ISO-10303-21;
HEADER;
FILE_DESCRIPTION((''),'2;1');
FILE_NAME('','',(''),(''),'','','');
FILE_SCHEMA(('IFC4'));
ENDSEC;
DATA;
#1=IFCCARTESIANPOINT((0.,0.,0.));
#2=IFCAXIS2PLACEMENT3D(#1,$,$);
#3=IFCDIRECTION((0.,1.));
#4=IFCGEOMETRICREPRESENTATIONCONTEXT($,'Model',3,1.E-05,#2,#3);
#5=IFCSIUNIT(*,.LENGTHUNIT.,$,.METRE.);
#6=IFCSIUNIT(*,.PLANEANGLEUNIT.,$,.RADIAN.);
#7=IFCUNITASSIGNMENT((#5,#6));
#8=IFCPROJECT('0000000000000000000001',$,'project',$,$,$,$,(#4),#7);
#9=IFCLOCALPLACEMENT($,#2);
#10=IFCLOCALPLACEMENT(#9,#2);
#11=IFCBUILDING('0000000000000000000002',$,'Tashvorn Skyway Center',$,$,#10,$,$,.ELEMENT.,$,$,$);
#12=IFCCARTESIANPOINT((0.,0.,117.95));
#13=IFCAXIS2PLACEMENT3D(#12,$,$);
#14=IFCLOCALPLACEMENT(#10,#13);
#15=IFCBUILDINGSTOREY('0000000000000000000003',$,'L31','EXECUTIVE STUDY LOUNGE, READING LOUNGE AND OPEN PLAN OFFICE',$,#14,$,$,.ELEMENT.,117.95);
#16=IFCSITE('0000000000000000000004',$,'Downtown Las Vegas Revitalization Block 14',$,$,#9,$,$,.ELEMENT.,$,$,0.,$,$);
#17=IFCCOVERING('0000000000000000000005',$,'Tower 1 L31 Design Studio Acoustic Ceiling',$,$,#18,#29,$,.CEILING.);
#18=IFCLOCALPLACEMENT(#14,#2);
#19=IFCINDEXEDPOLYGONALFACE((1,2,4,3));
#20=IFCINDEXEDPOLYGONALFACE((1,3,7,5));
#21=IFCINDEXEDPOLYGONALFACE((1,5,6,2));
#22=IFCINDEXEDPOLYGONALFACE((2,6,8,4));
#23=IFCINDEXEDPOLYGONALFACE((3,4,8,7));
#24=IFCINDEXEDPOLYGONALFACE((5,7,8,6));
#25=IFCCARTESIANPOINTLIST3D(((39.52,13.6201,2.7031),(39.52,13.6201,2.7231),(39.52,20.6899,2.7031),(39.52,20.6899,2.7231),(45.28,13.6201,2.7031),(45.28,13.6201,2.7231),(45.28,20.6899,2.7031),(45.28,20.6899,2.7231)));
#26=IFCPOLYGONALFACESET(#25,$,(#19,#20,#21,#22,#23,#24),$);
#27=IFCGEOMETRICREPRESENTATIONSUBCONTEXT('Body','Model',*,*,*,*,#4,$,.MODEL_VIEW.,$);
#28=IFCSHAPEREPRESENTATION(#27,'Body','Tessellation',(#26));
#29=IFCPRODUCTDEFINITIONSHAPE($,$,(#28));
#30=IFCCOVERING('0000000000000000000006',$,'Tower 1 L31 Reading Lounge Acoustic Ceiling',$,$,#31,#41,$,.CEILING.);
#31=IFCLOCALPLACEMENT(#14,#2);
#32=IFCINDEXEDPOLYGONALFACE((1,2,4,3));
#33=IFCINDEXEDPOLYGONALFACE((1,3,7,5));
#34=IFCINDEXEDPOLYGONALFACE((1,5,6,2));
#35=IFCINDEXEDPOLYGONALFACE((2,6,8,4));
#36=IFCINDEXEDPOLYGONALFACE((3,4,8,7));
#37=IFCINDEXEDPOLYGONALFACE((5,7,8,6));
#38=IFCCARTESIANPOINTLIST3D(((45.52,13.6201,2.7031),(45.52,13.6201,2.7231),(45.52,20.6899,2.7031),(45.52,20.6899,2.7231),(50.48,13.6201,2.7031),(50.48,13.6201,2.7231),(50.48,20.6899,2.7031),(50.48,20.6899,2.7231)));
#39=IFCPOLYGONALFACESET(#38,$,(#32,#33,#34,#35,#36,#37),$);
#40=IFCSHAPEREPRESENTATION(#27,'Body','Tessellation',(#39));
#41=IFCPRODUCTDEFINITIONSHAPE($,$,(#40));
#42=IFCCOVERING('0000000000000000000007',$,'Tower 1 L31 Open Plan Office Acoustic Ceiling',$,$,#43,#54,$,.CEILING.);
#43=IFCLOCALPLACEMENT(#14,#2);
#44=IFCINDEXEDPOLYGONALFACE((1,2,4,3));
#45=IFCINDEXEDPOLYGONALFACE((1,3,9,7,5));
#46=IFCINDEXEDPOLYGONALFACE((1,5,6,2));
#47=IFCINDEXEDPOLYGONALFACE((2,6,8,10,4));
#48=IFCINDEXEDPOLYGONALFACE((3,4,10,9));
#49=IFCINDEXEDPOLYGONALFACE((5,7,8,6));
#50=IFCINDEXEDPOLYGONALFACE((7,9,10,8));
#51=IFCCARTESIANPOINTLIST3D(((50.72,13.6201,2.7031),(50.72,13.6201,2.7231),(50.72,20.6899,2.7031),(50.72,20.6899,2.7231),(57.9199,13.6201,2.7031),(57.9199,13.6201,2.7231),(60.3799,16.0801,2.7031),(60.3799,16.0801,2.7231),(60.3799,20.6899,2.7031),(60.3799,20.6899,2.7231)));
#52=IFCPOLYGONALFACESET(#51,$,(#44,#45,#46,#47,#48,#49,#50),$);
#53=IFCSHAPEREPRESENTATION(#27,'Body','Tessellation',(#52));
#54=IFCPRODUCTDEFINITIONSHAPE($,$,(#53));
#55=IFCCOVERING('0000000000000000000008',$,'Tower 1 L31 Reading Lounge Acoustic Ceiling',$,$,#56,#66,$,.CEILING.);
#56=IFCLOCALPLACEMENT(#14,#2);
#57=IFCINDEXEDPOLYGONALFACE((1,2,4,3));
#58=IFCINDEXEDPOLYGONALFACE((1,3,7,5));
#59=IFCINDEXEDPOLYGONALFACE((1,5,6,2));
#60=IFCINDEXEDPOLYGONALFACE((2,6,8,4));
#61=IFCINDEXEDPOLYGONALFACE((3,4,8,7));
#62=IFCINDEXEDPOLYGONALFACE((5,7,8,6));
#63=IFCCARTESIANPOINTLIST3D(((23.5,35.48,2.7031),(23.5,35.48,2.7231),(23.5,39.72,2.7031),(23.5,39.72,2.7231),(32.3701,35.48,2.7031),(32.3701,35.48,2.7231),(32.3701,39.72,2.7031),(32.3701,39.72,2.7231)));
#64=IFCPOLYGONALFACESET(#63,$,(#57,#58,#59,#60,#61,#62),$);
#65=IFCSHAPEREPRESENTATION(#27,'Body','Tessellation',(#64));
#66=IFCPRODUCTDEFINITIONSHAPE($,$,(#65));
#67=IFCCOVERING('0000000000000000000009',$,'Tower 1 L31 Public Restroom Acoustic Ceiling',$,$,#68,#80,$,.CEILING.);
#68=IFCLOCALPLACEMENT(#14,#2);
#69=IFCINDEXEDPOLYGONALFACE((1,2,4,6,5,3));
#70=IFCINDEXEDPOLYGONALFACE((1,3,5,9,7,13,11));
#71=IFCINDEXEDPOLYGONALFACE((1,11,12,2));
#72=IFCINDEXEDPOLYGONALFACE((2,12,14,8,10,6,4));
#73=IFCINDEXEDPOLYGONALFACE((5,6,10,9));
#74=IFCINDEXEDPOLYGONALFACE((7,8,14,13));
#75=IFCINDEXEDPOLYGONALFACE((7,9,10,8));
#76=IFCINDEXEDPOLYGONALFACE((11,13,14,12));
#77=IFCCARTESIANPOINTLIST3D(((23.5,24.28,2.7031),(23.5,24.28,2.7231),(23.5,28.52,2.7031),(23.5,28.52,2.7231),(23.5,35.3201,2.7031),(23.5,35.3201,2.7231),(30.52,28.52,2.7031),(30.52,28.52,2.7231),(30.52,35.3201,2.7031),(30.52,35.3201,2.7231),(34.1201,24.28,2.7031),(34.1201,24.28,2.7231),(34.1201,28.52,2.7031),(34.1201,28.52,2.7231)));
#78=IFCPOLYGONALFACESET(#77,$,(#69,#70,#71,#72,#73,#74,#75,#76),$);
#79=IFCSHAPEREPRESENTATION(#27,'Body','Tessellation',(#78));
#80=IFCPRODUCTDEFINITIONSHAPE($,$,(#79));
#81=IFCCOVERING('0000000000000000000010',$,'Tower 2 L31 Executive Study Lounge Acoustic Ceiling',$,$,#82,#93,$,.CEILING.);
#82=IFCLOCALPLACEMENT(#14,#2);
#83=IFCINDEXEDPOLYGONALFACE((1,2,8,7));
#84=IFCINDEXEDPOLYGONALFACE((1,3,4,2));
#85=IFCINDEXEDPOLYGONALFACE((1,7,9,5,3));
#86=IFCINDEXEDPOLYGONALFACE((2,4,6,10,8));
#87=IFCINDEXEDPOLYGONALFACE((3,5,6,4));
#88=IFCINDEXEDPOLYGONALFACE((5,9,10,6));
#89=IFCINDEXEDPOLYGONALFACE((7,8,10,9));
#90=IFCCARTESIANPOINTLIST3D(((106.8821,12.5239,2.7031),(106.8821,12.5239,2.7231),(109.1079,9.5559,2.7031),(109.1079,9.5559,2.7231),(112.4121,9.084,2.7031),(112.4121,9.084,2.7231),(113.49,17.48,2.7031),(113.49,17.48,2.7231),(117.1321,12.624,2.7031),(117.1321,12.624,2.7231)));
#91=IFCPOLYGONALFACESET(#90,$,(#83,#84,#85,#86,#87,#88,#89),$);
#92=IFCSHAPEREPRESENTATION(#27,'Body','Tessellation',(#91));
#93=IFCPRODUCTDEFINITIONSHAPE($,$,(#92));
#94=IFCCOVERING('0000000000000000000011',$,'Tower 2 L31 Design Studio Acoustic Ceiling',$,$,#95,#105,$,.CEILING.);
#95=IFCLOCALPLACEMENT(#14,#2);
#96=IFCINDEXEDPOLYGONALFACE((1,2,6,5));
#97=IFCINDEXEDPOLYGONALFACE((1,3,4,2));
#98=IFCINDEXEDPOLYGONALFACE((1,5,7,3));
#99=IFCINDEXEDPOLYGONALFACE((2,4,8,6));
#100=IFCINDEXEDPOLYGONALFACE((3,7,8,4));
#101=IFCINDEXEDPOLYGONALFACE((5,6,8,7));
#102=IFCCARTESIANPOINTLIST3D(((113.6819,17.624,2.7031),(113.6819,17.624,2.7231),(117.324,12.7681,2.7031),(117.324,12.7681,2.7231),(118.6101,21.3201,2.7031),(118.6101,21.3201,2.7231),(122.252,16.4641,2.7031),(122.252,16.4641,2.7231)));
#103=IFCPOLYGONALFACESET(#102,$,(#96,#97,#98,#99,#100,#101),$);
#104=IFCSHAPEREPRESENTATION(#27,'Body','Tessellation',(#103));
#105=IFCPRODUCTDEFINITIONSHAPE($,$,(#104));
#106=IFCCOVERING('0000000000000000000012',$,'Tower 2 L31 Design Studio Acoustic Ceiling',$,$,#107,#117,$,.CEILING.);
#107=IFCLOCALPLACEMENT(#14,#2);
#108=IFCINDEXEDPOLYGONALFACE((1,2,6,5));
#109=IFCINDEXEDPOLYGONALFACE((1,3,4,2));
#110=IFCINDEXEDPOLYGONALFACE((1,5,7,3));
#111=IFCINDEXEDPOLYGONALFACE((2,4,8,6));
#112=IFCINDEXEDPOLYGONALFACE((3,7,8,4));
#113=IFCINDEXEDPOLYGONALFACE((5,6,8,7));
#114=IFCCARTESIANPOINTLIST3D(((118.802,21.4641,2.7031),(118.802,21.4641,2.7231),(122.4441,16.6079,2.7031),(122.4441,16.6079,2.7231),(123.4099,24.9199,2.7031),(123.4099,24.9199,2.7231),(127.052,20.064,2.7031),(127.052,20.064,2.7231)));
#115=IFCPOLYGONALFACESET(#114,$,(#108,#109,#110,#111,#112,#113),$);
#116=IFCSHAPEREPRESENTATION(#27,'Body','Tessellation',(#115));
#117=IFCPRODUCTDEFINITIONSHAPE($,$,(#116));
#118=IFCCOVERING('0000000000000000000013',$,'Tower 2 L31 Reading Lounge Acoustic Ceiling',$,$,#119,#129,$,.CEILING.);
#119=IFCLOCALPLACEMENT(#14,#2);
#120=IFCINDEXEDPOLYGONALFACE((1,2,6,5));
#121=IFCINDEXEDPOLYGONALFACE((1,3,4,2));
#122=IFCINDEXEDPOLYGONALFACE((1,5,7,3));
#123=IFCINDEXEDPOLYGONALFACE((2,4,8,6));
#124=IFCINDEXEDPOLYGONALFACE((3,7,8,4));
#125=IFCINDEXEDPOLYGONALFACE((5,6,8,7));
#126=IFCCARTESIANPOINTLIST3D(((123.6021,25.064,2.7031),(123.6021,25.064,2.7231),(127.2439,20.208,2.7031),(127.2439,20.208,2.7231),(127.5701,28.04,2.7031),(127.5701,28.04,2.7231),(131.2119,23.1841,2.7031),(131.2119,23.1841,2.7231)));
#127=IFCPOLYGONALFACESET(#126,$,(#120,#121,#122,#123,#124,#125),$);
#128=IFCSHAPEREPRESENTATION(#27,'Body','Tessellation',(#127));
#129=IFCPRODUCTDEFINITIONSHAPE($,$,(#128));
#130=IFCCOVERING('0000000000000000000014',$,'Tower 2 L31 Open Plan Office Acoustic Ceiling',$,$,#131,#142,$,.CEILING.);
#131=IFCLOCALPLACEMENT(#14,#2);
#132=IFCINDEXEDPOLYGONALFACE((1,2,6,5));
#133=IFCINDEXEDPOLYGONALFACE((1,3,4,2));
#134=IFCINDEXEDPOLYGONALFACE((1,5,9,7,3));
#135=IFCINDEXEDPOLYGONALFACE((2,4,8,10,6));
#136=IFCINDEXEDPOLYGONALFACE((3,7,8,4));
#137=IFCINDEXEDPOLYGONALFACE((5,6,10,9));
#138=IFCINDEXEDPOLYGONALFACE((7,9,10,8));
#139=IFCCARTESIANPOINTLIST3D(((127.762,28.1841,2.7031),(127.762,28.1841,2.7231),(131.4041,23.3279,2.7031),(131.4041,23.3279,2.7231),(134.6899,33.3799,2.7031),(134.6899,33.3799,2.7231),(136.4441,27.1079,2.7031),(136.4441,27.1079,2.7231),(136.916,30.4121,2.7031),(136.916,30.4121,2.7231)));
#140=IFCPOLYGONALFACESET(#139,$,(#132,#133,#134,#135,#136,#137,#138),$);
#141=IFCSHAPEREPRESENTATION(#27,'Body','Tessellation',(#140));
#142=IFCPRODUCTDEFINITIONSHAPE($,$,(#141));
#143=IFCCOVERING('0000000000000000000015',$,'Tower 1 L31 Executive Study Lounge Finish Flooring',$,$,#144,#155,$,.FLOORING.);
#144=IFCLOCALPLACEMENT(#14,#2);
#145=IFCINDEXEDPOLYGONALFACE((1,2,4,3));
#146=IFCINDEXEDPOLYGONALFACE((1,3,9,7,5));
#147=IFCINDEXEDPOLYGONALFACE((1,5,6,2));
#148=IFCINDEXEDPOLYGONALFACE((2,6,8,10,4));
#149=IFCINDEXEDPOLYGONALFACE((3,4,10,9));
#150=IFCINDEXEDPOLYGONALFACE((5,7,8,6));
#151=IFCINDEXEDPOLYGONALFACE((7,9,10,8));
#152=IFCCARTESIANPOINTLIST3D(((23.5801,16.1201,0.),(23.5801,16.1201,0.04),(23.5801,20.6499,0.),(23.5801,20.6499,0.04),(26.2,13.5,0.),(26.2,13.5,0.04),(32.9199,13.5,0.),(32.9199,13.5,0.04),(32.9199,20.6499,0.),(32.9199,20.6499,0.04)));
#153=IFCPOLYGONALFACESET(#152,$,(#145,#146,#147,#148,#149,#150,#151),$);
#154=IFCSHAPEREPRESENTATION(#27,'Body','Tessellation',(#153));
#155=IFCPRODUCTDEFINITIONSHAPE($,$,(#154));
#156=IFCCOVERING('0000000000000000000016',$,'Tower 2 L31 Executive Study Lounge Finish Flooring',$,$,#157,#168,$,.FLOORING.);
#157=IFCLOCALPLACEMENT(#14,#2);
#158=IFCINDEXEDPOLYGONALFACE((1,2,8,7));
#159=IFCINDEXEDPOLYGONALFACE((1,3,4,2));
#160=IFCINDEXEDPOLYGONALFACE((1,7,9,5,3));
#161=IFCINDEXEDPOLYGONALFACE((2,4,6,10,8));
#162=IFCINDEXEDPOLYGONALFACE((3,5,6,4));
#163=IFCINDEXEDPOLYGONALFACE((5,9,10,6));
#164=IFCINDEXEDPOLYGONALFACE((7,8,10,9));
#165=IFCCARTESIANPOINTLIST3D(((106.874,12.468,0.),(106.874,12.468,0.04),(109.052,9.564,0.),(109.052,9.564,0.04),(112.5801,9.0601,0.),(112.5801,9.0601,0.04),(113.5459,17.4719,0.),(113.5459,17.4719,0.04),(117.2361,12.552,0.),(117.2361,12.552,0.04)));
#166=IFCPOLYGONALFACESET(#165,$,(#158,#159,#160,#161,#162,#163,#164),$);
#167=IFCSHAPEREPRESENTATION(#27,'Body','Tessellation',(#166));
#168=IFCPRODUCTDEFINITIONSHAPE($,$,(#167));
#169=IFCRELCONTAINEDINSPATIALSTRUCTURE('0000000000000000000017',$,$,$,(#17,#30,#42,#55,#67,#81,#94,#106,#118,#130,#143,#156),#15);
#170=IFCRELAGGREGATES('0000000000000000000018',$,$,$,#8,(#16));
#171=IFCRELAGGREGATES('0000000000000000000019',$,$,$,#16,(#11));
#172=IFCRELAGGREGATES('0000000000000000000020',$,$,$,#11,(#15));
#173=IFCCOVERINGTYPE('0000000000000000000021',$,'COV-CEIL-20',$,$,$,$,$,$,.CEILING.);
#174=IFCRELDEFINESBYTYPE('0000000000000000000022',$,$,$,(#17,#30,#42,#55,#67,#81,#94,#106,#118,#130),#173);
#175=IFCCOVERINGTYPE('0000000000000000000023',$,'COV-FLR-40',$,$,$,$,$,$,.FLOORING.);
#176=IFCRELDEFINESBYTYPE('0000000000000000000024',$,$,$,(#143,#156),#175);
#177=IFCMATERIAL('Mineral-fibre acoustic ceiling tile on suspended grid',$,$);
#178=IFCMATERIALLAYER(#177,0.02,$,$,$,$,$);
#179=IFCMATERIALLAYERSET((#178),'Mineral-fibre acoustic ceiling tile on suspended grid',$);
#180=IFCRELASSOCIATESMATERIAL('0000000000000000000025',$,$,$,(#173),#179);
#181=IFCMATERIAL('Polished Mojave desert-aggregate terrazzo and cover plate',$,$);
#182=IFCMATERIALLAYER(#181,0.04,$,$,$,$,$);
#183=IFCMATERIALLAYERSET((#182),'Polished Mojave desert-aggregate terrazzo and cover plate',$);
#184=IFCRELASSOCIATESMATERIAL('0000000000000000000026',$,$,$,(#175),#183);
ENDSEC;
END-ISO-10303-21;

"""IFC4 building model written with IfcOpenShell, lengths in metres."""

from ifc_helpers import new_model, si_unit, direction, frame, origin, place, context, subcontext, project, spatial, polyline, outline, extrude, material, layer, layer_set, type_object, element, save


model = new_model("IFC4")

# Units and contexts
model_context = context("Model", 3, precision=1e-05, world=origin(), true_north=direction((0.0, 1.0)))
body_context = subcontext(model_context, "Body", "Model", "MODEL_VIEW")
ifc_project = project(units=[si_unit("LENGTHUNIT", "METRE"), si_unit("PLANEANGLEUNIT", "RADIAN")], contexts=[model_context])

# Site, building, storey
site_placement = place(None, origin())
site = spatial("IfcSite", under=ifc_project, at=site_placement, Name="Downtown Las Vegas Revitalization Block 14", CompositionType="ELEMENT", RefElevation=0.0)
building_placement = place(site_placement, origin())
building = spatial("IfcBuilding", under=site, at=building_placement, Name="Tashvorn Skyway Center", CompositionType="ELEMENT")
storey_placement = place(building_placement, frame((0.0, 0.0, 117.95)))
storey = spatial("IfcBuildingStorey", under=building, at=storey_placement, Name="L31", Description="EXECUTIVE STUDY LOUNGE, READING LOUNGE AND OPEN PLAN OFFICE", CompositionType="ELEMENT", Elevation=117.95)

# Coverings
ifc_material_1 = material(Name="Mineral-fibre acoustic ceiling tile on suspended grid")
ifc_layer_1 = layer(ifc_material_1, 0.02)
ifc_layer_set_1 = layer_set([ifc_layer_1], Name="Mineral-fibre acoustic ceiling tile on suspended grid")
covering_type_1 = type_object("IfcCoveringType", Name="COV-CEIL-20", PredefinedType="CEILING", material=ifc_layer_set_1)
covering_1_placement = place(storey_placement, frame((0.0, 0.0, 2.7031)))
element("IfcCovering", 1, at=covering_1_placement, inside=storey, type_object=covering_type_1, Name="Tower 1 L31 Design Studio Acoustic Ceiling", PredefinedType="CEILING", context=body_context, shape_type="SweptSolid", body=[
    extrude(outline(polyline([(39.52, 20.6899), (45.28, 20.6899), (45.28, 13.6201), (39.52, 13.6201), (39.52, 20.6899)])), origin(), (0.0, 0.0, 1.0), 0.02),
])
covering_2_placement = place(storey_placement, frame((0.0, 0.0, 2.7031)))
element("IfcCovering", 2, at=covering_2_placement, inside=storey, type_object=covering_type_1, Name="Tower 1 L31 Reading Lounge Acoustic Ceiling", PredefinedType="CEILING", context=body_context, shape_type="SweptSolid", body=[
    extrude(outline(polyline([(45.52, 20.6899), (50.48, 20.6899), (50.48, 13.6201), (45.52, 13.6201), (45.52, 20.6899)])), origin(), (0.0, 0.0, 1.0), 0.02),
])
covering_3_placement = place(storey_placement, frame((0.0, 0.0, 2.7031)))
element("IfcCovering", 3, at=covering_3_placement, inside=storey, type_object=covering_type_1, Name="Tower 1 L31 Open Plan Office Acoustic Ceiling", PredefinedType="CEILING", context=body_context, shape_type="SweptSolid", body=[
    extrude(outline(polyline([(50.72, 13.6201), (50.72, 20.6899), (60.3799, 20.6899), (60.3799, 16.0801), (57.9199, 13.6201), (50.72, 13.6201)])), origin(), (0.0, 0.0, 1.0), 0.02),
])
covering_4_placement = place(storey_placement, frame((0.0, 0.0, 2.7031)))
element("IfcCovering", 4, at=covering_4_placement, inside=storey, type_object=covering_type_1, Name="Tower 1 L31 Reading Lounge Acoustic Ceiling", PredefinedType="CEILING", context=body_context, shape_type="SweptSolid", body=[
    extrude(outline(polyline([(32.3701, 39.72), (32.3701, 35.48), (23.5, 35.48), (23.5, 39.72), (32.3701, 39.72)])), origin(), (0.0, 0.0, 1.0), 0.02),
])
covering_5_placement = place(storey_placement, frame((0.0, 0.0, 2.7031)))
element("IfcCovering", 5, at=covering_5_placement, inside=storey, type_object=covering_type_1, Name="Tower 1 L31 Public Restroom Acoustic Ceiling", PredefinedType="CEILING", context=body_context, shape_type="SweptSolid", body=[
    extrude(outline(polyline([(34.1201, 24.28), (23.5, 24.28), (23.5, 28.52), (23.5, 35.3201), (30.52, 35.3201), (30.52, 28.52), (34.1201, 28.52), (34.1201, 24.28)])), origin(), (0.0, 0.0, 1.0), 0.02),
])
covering_6_placement = place(storey_placement, frame((0.0, 0.0, 2.7031)))
element("IfcCovering", 6, at=covering_6_placement, inside=storey, type_object=covering_type_1, Name="Tower 2 L31 Executive Study Lounge Acoustic Ceiling", PredefinedType="CEILING", context=body_context, shape_type="SweptSolid", body=[
    extrude(outline(polyline([(106.8821, 12.5239), (113.49, 17.48), (117.1321, 12.624), (112.4121, 9.084), (109.1079, 9.5559), (106.8821, 12.5239)])), origin(), (0.0, 0.0, 1.0), 0.02),
])
covering_7_placement = place(storey_placement, frame((0.0, 0.0, 2.7031)))
element("IfcCovering", 7, at=covering_7_placement, inside=storey, type_object=covering_type_1, Name="Tower 2 L31 Design Studio Acoustic Ceiling", PredefinedType="CEILING", context=body_context, shape_type="SweptSolid", body=[
    extrude(outline(polyline([(113.6819, 17.624), (118.6101, 21.3201), (122.252, 16.4641), (117.324, 12.7681), (113.6819, 17.624)])), origin(), (0.0, 0.0, 1.0), 0.02),
])
covering_8_placement = place(storey_placement, frame((0.0, 0.0, 2.7031)))
element("IfcCovering", 8, at=covering_8_placement, inside=storey, type_object=covering_type_1, Name="Tower 2 L31 Design Studio Acoustic Ceiling", PredefinedType="CEILING", context=body_context, shape_type="SweptSolid", body=[
    extrude(outline(polyline([(118.802, 21.4641), (123.4099, 24.9199), (127.052, 20.064), (122.4441, 16.6079), (118.802, 21.4641)])), origin(), (0.0, 0.0, 1.0), 0.02),
])
covering_9_placement = place(storey_placement, frame((0.0, 0.0, 2.7031)))
element("IfcCovering", 9, at=covering_9_placement, inside=storey, type_object=covering_type_1, Name="Tower 2 L31 Reading Lounge Acoustic Ceiling", PredefinedType="CEILING", context=body_context, shape_type="SweptSolid", body=[
    extrude(outline(polyline([(123.6021, 25.064), (127.5701, 28.04), (131.2119, 23.1841), (127.2439, 20.208), (123.6021, 25.064)])), origin(), (0.0, 0.0, 1.0), 0.02),
])
covering_10_placement = place(storey_placement, frame((0.0, 0.0, 2.7031)))
element("IfcCovering", 10, at=covering_10_placement, inside=storey, type_object=covering_type_1, Name="Tower 2 L31 Open Plan Office Acoustic Ceiling", PredefinedType="CEILING", context=body_context, shape_type="SweptSolid", body=[
    extrude(outline(polyline([(131.4041, 23.3279), (127.762, 28.1841), (134.6899, 33.3799), (136.916, 30.4121), (136.4441, 27.1079), (131.4041, 23.3279)])), origin(), (0.0, 0.0, 1.0), 0.02),
])
ifc_material_2 = material(Name="Polished Mojave desert-aggregate terrazzo and cover plate")
ifc_layer_2 = layer(ifc_material_2, 0.04)
ifc_layer_set_2 = layer_set([ifc_layer_2], Name="Polished Mojave desert-aggregate terrazzo and cover plate")
covering_type_2 = type_object("IfcCoveringType", Name="COV-FLR-40", PredefinedType="FLOORING", material=ifc_layer_set_2)
covering_11_placement = place(storey_placement, origin())
element("IfcCovering", 11, at=covering_11_placement, inside=storey, type_object=covering_type_2, Name="Tower 1 L31 Executive Study Lounge Finish Flooring", PredefinedType="FLOORING", context=body_context, shape_type="SweptSolid", body=[
    extrude(outline(polyline([(26.2, 13.5), (23.5801, 16.1201), (23.5801, 20.6499), (32.9199, 20.6499), (32.9199, 13.5), (26.2, 13.5)])), origin(), (0.0, 0.0, 1.0), 0.04),
])
covering_12_placement = place(storey_placement, origin())
element("IfcCovering", 12, at=covering_12_placement, inside=storey, type_object=covering_type_2, Name="Tower 2 L31 Executive Study Lounge Finish Flooring", PredefinedType="FLOORING", context=body_context, shape_type="SweptSolid", body=[
    extrude(outline(polyline([(112.5801, 9.0601), (109.052, 9.564), (106.874, 12.468), (113.5459, 17.4719), (117.2361, 12.552), (112.5801, 9.0601)])), origin(), (0.0, 0.0, 1.0), 0.04),
])

save(model, "model.ifc")
